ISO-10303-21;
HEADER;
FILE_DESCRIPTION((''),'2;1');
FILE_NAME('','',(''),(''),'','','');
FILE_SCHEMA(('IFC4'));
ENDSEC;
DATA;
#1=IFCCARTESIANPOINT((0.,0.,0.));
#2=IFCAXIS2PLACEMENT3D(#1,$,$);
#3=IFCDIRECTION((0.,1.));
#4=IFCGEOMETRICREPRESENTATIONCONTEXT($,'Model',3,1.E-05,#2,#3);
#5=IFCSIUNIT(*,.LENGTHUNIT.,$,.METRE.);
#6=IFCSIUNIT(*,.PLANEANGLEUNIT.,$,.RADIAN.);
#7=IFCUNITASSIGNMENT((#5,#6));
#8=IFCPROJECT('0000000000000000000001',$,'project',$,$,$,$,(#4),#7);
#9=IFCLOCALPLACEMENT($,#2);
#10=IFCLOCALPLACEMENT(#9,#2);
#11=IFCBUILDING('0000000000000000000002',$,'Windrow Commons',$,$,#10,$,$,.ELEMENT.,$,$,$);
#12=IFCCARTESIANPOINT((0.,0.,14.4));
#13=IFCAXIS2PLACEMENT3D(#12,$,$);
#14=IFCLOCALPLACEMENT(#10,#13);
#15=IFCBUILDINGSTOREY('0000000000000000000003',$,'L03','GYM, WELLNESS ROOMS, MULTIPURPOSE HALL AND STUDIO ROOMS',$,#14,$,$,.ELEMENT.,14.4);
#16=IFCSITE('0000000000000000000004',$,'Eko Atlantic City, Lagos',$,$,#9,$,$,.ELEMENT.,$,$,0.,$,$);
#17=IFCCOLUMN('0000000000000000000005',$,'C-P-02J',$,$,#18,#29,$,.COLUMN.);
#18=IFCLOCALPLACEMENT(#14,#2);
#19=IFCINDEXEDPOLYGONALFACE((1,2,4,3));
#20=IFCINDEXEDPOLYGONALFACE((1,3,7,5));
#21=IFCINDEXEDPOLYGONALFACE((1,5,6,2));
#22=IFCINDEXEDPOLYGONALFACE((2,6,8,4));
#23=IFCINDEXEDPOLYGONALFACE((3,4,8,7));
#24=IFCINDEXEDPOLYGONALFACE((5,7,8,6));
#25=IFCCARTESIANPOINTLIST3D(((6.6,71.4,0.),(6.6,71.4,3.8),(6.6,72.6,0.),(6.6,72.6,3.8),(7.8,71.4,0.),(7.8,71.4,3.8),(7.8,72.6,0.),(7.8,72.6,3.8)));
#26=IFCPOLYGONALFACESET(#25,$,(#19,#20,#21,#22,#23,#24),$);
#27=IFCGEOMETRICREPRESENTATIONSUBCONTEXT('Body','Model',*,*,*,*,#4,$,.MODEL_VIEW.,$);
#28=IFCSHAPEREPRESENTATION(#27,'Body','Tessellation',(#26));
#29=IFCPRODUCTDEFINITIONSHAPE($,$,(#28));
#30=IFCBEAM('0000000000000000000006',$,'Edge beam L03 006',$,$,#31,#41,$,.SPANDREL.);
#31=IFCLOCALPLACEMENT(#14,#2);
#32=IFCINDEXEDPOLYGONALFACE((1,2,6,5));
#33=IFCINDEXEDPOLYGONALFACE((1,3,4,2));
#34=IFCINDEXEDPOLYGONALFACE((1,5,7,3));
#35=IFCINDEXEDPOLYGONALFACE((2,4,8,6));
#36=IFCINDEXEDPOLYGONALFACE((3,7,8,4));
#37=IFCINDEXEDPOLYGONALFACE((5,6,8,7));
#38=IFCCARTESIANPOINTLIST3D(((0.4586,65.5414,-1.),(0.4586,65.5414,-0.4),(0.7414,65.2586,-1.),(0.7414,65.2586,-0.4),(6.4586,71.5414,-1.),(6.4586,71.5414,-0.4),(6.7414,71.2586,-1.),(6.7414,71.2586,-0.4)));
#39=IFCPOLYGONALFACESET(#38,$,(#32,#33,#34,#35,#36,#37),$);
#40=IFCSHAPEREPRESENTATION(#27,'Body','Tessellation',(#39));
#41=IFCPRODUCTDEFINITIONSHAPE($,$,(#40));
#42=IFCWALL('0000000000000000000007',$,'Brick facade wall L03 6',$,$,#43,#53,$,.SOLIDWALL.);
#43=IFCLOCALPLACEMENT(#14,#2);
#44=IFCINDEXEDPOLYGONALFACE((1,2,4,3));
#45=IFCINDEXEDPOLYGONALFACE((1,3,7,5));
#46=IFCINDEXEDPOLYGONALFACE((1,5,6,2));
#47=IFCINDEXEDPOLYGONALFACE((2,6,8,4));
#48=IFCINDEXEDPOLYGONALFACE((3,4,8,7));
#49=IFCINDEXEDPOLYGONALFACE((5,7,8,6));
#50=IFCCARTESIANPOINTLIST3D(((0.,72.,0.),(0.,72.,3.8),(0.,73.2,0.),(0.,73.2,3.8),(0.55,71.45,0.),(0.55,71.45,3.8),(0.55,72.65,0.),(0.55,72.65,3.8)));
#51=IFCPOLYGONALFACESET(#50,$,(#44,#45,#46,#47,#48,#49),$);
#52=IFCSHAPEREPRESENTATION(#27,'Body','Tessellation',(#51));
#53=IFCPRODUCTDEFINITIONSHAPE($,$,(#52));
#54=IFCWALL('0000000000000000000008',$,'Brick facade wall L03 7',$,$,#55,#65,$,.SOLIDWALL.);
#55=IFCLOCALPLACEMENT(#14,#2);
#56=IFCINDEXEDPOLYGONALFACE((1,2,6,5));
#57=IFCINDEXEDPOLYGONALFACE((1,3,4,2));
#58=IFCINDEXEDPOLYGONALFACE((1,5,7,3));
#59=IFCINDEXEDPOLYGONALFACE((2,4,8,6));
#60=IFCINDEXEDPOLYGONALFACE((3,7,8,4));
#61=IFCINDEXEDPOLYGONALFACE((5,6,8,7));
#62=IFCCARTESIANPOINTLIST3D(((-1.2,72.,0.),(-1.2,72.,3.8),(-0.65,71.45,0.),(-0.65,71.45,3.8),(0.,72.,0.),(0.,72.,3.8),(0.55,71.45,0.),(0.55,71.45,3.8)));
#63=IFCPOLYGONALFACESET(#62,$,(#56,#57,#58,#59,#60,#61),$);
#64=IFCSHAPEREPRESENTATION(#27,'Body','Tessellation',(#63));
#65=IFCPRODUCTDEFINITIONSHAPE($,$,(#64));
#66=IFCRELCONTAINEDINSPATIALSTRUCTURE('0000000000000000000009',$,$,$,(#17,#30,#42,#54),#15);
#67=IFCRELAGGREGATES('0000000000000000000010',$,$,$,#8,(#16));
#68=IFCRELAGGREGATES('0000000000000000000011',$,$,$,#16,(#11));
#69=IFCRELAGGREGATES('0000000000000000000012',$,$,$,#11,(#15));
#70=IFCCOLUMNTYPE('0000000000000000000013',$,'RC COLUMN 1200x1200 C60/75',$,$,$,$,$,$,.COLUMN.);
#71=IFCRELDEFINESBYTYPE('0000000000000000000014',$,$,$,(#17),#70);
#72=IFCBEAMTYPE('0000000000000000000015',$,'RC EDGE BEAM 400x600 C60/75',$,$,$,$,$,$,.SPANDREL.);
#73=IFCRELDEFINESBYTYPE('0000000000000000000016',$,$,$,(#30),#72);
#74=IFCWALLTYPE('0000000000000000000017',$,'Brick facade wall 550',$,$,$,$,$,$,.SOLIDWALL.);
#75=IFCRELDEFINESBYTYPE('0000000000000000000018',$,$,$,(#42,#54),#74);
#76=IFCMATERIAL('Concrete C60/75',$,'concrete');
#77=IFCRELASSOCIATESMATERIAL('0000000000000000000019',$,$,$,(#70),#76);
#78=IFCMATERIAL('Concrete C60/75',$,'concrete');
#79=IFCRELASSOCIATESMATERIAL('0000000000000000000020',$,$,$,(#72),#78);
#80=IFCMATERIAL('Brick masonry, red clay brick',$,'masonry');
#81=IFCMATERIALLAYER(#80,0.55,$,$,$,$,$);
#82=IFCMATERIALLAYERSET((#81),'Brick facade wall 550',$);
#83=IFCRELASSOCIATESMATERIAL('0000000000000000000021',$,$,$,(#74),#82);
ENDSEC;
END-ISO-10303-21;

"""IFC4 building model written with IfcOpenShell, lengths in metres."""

from ifc_helpers import new_model, si_unit, direction, frame, origin, origin_2d, place, context, subcontext, project, spatial, polyline, rectangle, outline, extrude, material, layer, layer_set, material_profile, profile_set, type_object, element, save


model = new_model("IFC4")

# Units and contexts
model_context = context("Model", 3, precision=1e-05, world=origin(), true_north=direction((0.0, 1.0)))
body_context = subcontext(model_context, "Body", "Model", "MODEL_VIEW")
ifc_project = project(units=[si_unit("LENGTHUNIT", "METRE"), si_unit("PLANEANGLEUNIT", "RADIAN")], contexts=[model_context])

# Site, building, storey
site_placement = place(None, origin())
site = spatial("IfcSite", under=ifc_project, at=site_placement, Name="Eko Atlantic City, Lagos", CompositionType="ELEMENT", RefElevation=0.0)
building_placement = place(site_placement, origin())
building = spatial("IfcBuilding", under=site, at=building_placement, Name="Windrow Commons", CompositionType="ELEMENT")
storey_placement = place(building_placement, frame((0.0, 0.0, 14.4)))
storey = spatial("IfcBuildingStorey", under=building, at=storey_placement, Name="L03", Description="GYM, WELLNESS ROOMS, MULTIPURPOSE HALL AND STUDIO ROOMS", CompositionType="ELEMENT", Elevation=14.4)

# Column
ifc_material_1 = material(Name="Concrete C60/75", Category="concrete")
ifc_material_profile_1 = material_profile(ifc_material_1, rectangle(XDim=1.2, YDim=1.2, at=origin_2d()))
ifc_profile_set_1 = profile_set([ifc_material_profile_1], Name="Concrete C60/75")
column_type = type_object("IfcColumnType", Name="RC COLUMN 1200x1200 C60/75", PredefinedType="COLUMN", material=ifc_profile_set_1)
column_placement = place(storey_placement, frame((7.2, 72.0, 0.0), z_axis=(0.0, 0.0, 1.0), x_axis=(1.0, 0.0, 0.0)))
element("IfcColumn", 1, at=column_placement, inside=storey, type_object=column_type, Name="C-P-02J", PredefinedType="COLUMN", context=body_context, shape_type="SweptSolid", body=[
    extrude(rectangle(XDim=1.2, YDim=1.2, at=origin_2d()), origin(), (0.0, 0.0, 1.0), 3.8),
])

# Beam
ifc_material_2 = material(Name="Concrete C60/75", Category="concrete")
ifc_material_profile_2 = material_profile(ifc_material_2, rectangle(XDim=0.4, YDim=0.6, at=origin_2d()))
ifc_profile_set_2 = profile_set([ifc_material_profile_2], Name="Concrete C60/75")
beam_type = type_object("IfcBeamType", Name="RC EDGE BEAM 400x600 C60/75", PredefinedType="SPANDREL", material=ifc_profile_set_2)
beam_placement = place(storey_placement, frame((0.6, 65.4, -0.7), z_axis=(0.707107, 0.707107, 0.0), x_axis=(-0.707107, 0.707107, 0.0)))
element("IfcBeam", 2, at=beam_placement, inside=storey, type_object=beam_type, Name="Edge beam L03 006", PredefinedType="SPANDREL", context=body_context, shape_type="SweptSolid", body=[
    extrude(rectangle(XDim=0.4, YDim=0.6, at=origin_2d()), origin(), (0.0, 0.0, 1.0), 8.4853),
])

# Walls
ifc_material_3 = material(Name="Brick masonry, red clay brick", Category="masonry")
ifc_layer_1 = layer(ifc_material_3, 0.55)
ifc_layer_set_1 = layer_set([ifc_layer_1], Name="Brick facade wall 550")
wall_type_1 = type_object("IfcWallType", Name="Brick facade wall 550", PredefinedType="SOLIDWALL", material=ifc_layer_set_1)
wall_1_placement = place(storey_placement, frame((0.275, 72.925, 0.0), z_axis=(0.0, 0.0, 1.0), x_axis=(0.0, -1.0, 0.0)))
element("IfcWall", 3, at=wall_1_placement, inside=storey, type_object=wall_type_1, Name="Brick facade wall L03 6", PredefinedType="SOLIDWALL", context=body_context, shape_type="SweptSolid", body=[
    extrude(outline(polyline([(-0.275, -0.275), (0.925, -0.275), (1.475, 0.275), (0.275, 0.275), (-0.275, -0.275)])), origin(), (0.0, 0.0, 1.0), 3.8),
])
wall_2_placement = place(storey_placement, frame((0.275, 71.725, 0.0), z_axis=(0.0, 0.0, 1.0), x_axis=(-1.0, 0.0, 0.0)))
element("IfcWall", 4, at=wall_2_placement, inside=storey, type_object=wall_type_1, Name="Brick facade wall L03 7", PredefinedType="SOLIDWALL", context=body_context, shape_type="SweptSolid", body=[
    extrude(outline(polyline([(0.275, -0.275), (1.475, -0.275), (0.925, 0.275), (-0.275, 0.275), (0.275, -0.275)])), origin(), (0.0, 0.0, 1.0), 3.8),
])

save(model, "model.ifc")
